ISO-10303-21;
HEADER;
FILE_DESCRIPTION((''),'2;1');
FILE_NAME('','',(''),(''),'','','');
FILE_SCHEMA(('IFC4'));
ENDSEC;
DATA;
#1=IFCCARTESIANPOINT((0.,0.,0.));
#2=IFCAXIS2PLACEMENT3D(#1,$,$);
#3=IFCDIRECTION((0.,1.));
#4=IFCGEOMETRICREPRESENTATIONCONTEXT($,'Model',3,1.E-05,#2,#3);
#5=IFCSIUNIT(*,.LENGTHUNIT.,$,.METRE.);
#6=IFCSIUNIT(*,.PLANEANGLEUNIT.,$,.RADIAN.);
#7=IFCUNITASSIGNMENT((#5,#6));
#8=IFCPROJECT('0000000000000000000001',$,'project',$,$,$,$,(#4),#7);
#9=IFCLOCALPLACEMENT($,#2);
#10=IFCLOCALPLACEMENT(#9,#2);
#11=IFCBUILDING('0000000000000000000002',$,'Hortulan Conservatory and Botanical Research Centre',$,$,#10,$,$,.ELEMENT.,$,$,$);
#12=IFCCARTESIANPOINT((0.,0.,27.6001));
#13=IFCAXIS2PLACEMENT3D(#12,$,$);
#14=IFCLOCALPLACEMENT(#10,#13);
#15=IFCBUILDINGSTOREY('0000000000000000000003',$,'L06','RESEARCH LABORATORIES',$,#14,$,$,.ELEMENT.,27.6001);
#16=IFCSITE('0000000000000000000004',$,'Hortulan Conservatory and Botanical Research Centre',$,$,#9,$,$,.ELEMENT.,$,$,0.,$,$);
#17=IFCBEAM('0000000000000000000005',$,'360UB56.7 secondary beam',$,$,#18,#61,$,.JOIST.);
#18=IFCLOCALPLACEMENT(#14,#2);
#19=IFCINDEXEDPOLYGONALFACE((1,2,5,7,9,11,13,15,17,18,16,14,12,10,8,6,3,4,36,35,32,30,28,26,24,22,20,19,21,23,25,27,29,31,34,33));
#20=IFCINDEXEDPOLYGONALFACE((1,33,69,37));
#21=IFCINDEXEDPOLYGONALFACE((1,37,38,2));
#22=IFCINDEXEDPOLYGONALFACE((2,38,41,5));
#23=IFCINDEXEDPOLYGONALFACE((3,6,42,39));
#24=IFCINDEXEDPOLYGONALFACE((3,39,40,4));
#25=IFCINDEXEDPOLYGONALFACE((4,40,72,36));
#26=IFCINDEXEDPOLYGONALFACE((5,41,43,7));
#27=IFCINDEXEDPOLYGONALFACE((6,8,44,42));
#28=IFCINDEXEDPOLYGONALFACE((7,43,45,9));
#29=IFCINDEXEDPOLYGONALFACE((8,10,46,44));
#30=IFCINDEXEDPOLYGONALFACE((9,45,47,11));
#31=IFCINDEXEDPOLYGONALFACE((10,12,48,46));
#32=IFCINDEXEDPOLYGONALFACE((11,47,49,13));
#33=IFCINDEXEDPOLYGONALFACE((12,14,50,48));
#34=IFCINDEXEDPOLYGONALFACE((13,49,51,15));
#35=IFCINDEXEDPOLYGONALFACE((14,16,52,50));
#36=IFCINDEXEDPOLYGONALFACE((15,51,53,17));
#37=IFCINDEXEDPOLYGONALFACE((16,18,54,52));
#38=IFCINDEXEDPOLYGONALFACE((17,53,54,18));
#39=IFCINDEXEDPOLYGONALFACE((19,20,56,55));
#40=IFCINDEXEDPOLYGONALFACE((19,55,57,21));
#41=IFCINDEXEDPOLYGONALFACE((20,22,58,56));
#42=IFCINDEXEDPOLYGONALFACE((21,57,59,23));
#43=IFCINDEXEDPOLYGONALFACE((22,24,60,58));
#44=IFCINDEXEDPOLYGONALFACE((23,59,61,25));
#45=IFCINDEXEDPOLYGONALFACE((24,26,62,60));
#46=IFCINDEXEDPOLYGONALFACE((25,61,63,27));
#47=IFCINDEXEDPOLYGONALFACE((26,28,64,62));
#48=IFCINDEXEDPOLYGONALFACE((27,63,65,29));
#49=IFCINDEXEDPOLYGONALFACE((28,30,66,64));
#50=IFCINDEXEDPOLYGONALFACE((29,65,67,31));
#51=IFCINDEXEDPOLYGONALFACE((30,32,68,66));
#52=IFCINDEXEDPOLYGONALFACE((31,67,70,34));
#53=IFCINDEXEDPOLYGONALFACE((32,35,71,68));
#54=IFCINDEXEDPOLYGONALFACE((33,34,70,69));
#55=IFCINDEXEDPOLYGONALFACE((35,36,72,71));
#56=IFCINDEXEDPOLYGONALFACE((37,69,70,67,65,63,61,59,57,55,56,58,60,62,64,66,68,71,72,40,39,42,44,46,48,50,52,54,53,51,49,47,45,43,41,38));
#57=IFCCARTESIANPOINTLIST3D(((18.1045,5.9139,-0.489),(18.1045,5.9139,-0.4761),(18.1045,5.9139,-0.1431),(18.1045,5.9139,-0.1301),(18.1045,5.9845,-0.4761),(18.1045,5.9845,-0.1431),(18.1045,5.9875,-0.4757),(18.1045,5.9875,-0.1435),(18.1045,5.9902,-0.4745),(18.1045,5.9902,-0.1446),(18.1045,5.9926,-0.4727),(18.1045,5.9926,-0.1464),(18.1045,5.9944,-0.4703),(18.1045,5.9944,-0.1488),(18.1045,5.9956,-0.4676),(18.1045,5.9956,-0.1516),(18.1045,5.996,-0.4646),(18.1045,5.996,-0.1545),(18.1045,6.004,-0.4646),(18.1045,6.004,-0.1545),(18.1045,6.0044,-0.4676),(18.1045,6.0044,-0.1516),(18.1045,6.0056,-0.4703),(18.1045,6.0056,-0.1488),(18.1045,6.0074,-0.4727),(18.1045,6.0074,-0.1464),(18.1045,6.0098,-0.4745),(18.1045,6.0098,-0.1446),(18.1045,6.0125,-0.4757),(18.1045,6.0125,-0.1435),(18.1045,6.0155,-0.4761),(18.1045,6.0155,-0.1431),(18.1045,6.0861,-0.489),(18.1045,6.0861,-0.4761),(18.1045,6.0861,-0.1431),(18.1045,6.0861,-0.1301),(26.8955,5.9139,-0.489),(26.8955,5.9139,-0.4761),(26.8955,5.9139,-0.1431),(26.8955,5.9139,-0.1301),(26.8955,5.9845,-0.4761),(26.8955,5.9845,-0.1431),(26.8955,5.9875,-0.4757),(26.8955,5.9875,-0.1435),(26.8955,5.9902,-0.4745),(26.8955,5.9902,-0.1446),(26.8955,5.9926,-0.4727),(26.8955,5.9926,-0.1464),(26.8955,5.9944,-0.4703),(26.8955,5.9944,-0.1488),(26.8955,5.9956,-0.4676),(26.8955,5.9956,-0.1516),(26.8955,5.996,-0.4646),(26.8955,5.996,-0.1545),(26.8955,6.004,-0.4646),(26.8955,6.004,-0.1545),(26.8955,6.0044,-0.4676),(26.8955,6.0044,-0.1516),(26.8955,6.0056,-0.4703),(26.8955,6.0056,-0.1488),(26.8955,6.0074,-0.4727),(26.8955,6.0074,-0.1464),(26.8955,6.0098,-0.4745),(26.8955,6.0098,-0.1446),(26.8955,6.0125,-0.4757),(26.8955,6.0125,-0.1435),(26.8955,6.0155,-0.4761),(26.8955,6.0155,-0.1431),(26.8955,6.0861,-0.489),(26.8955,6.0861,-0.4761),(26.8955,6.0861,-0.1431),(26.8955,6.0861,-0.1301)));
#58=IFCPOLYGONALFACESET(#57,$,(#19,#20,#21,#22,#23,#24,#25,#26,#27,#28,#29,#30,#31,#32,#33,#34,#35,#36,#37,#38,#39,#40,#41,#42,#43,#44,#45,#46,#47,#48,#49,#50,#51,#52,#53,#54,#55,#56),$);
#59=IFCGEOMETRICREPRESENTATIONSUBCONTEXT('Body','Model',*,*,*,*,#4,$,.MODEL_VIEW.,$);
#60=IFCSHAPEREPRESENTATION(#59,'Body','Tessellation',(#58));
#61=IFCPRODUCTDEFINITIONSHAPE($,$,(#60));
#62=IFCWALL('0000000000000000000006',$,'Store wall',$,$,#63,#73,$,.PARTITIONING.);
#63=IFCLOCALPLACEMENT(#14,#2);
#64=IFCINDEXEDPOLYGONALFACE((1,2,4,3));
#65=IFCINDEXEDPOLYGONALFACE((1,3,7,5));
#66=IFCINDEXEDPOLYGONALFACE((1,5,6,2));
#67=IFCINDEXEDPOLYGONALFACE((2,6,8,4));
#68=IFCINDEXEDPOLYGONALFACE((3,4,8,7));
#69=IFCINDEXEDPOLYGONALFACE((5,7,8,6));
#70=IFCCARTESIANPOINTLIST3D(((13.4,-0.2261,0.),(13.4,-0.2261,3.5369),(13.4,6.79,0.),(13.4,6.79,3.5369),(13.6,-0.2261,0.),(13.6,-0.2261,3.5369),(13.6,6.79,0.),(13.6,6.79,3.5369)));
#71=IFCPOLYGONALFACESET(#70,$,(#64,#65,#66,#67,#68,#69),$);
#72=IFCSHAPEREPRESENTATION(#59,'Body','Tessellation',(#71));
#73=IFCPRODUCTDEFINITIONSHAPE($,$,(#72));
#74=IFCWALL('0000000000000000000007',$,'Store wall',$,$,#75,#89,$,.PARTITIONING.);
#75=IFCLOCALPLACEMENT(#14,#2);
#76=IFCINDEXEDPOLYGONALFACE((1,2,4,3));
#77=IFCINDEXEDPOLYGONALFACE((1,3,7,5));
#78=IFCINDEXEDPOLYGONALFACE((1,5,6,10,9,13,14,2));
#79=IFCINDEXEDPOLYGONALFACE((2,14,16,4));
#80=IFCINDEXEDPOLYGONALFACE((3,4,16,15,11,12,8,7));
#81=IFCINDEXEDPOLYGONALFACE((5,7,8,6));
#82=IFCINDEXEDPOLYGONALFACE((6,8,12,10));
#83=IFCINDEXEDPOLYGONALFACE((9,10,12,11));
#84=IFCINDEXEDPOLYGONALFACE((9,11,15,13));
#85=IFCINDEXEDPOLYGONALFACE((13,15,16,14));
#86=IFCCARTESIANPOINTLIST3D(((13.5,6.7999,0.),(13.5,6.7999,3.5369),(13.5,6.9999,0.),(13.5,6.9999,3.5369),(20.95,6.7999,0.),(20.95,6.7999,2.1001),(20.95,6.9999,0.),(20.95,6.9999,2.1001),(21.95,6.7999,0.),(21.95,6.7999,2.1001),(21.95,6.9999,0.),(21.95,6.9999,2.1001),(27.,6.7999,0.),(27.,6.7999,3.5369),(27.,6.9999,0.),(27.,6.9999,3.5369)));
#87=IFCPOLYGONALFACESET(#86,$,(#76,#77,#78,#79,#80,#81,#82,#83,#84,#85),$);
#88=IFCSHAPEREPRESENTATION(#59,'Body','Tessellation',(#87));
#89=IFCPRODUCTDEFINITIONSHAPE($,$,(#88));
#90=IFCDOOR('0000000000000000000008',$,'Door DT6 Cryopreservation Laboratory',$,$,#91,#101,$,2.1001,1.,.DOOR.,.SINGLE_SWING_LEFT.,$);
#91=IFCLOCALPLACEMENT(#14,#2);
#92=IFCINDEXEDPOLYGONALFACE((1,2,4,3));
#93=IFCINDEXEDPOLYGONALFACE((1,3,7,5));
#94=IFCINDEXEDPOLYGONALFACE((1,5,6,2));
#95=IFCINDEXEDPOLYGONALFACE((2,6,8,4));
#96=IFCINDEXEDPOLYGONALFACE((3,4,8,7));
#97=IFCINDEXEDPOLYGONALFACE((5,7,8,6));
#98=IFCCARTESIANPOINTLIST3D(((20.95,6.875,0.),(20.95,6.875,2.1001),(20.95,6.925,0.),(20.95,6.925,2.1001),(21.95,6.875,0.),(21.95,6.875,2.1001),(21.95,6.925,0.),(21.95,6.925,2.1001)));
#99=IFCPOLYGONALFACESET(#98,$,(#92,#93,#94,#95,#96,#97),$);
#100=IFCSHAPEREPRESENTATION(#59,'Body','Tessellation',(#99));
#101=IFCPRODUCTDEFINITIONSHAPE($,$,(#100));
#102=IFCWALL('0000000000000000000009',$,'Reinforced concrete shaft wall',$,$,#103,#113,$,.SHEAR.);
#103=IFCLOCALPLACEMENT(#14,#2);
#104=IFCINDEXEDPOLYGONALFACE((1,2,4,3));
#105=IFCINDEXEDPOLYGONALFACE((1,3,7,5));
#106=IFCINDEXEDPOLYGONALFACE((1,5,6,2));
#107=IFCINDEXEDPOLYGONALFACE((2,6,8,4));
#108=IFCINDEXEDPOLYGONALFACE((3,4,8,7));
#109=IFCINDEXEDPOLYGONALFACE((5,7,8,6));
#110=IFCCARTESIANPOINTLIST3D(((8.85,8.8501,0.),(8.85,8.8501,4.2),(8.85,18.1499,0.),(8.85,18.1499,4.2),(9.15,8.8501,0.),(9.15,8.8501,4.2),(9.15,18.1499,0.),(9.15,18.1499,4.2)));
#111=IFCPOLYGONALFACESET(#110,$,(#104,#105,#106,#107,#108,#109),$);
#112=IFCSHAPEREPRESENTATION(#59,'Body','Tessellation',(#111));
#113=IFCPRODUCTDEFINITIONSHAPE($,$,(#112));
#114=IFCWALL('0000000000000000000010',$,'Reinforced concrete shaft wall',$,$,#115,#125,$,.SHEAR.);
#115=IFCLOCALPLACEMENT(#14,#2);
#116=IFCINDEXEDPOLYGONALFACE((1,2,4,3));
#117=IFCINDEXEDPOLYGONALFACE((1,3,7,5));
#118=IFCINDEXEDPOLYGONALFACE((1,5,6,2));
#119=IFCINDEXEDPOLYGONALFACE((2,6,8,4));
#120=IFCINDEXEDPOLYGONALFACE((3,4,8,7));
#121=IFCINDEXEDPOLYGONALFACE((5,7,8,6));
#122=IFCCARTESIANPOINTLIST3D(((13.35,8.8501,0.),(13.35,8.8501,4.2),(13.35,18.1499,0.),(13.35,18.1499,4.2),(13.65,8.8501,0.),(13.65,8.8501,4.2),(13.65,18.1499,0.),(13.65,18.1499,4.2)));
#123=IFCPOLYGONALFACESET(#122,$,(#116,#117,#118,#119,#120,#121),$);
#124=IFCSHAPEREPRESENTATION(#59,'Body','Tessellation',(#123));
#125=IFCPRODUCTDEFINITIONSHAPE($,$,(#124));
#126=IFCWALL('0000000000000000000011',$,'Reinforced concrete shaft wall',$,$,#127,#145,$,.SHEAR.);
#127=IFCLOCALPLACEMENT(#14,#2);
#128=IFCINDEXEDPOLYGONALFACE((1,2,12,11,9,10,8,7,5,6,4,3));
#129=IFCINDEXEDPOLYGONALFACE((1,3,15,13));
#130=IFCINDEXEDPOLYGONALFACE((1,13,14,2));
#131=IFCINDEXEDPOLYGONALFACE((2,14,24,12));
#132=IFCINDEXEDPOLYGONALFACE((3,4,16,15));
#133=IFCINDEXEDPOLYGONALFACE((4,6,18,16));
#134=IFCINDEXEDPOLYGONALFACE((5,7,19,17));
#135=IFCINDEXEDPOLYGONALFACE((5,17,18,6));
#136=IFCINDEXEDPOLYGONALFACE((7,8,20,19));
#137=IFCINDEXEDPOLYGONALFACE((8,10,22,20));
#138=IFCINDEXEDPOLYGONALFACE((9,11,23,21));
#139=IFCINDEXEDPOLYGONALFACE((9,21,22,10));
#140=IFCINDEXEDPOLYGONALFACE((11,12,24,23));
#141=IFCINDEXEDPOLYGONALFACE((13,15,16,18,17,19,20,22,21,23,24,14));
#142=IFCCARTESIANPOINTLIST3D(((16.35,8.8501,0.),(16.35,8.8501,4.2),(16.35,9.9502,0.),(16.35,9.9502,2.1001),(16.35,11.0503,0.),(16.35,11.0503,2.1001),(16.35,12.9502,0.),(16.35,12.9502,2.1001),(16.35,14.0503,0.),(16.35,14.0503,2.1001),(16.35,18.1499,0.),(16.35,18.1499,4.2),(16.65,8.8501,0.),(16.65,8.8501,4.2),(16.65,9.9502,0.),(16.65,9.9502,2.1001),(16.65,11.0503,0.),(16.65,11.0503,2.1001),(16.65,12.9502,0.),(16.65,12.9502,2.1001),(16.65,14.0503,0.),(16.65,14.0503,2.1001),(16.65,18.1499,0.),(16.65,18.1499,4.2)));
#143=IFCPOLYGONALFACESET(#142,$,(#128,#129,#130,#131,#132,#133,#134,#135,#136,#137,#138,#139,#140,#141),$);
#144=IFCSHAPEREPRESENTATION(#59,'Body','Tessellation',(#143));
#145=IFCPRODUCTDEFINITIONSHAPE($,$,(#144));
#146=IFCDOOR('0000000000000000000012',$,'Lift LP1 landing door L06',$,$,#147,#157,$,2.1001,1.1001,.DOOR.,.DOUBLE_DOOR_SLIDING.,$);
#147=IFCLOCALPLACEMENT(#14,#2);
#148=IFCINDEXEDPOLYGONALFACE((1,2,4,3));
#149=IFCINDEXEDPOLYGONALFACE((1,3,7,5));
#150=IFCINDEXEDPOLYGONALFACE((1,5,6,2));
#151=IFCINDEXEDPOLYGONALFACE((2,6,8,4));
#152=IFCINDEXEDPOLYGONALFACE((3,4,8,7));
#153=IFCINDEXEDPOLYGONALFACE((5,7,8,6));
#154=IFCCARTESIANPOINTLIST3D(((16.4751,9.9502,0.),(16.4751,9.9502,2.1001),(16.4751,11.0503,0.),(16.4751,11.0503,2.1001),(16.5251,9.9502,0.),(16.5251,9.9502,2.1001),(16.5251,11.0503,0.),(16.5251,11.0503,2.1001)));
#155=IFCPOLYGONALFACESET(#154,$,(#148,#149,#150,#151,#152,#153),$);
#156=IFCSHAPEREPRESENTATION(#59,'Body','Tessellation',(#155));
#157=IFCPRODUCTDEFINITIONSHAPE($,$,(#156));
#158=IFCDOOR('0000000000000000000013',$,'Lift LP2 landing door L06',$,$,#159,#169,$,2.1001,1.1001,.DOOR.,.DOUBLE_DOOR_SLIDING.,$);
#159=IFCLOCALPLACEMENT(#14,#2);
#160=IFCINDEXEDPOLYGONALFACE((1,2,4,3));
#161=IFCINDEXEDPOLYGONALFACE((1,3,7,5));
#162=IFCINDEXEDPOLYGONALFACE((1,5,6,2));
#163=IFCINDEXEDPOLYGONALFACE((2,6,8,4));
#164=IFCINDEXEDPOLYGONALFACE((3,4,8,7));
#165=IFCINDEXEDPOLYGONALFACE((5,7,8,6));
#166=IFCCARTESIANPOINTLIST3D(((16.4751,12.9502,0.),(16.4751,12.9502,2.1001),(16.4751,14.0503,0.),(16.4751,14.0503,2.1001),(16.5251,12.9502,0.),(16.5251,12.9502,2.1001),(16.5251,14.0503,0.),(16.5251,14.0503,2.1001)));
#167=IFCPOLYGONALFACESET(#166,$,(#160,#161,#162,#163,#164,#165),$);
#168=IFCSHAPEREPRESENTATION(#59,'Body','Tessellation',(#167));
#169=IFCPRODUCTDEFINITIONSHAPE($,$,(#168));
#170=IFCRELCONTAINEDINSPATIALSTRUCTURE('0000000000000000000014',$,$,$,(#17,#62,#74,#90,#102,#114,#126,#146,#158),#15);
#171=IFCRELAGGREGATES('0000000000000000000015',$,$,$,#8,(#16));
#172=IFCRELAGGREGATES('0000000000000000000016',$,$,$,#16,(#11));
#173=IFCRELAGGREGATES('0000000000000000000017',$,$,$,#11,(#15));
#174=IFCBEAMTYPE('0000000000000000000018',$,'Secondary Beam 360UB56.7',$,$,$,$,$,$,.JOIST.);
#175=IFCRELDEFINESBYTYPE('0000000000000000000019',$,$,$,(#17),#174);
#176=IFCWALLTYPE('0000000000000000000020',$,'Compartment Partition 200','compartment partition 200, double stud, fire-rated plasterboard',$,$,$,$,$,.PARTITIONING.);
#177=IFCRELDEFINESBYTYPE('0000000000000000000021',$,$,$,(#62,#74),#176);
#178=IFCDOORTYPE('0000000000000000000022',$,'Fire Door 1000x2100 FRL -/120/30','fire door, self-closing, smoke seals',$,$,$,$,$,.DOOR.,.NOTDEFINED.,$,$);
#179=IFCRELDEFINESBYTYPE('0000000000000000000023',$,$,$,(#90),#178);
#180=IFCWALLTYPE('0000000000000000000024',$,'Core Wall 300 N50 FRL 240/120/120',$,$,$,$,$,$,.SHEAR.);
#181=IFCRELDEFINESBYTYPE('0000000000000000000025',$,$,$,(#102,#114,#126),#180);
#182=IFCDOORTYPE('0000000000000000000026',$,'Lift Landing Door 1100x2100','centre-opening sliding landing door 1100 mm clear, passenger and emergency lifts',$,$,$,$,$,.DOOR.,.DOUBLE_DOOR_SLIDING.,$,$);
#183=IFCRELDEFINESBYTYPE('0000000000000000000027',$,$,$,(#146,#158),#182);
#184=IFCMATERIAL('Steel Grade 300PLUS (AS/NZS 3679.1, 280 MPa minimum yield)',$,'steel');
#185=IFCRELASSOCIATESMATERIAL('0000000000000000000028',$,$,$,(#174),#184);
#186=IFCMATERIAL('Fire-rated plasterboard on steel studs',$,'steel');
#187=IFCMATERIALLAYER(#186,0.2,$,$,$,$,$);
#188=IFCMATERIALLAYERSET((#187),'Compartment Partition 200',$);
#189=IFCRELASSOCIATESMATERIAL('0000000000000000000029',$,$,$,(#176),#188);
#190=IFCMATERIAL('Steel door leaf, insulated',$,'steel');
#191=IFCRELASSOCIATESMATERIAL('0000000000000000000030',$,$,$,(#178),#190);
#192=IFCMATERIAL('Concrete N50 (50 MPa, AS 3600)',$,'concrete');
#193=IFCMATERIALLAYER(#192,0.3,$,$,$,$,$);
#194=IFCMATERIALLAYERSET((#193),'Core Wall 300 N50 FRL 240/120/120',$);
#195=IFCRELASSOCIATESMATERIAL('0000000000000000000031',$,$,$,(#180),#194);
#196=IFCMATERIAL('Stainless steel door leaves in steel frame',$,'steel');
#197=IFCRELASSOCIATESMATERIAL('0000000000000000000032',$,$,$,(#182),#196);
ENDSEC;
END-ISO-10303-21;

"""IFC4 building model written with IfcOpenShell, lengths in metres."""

from ifc_helpers import new_model, si_unit, direction, frame, frame_2d, origin, origin_2d, place, context, subcontext, project, spatial, rectangle, i_section, extrude, material, layer, layer_set, material_profile, profile_set, type_object, element, fill, save


model = new_model("IFC4")

# Units and contexts
model_context = context("Model", 3, precision=1e-05, world=origin(), true_north=direction((0.0, 1.0)))
body_context = subcontext(model_context, "Body", "Model", "MODEL_VIEW")
ifc_project = project(units=[si_unit("LENGTHUNIT", "METRE"), si_unit("PLANEANGLEUNIT", "RADIAN")], contexts=[model_context])

# Site, building, storey
site_placement = place(None, origin())
site = spatial("IfcSite", under=ifc_project, at=site_placement, Name="Hortulan Conservatory and Botanical Research Centre", CompositionType="ELEMENT", RefElevation=0.0)
building_placement = place(site_placement, origin())
building = spatial("IfcBuilding", under=site, at=building_placement, Name="Hortulan Conservatory and Botanical Research Centre", CompositionType="ELEMENT")
storey_placement = place(building_placement, frame((0.0, 0.0, 27.6001)))
storey = spatial("IfcBuildingStorey", under=building, at=storey_placement, Name="L06", Description="RESEARCH LABORATORIES", CompositionType="ELEMENT", Elevation=27.6001)

# Shared definitions
ifc_material_1 = material(Name="Steel Grade 300PLUS (AS/NZS 3679.1, 280 MPa minimum yield)", Category="steel")

# Beam
ifc_material_profile_1 = material_profile(ifc_material_1, i_section(OverallWidth=0.1721, OverallDepth=0.3589, WebThickness=0.0081, FlangeThickness=0.0129, FilletRadius=0.0115, at=origin_2d()), Name="360UB56.7")
ifc_profile_set_1 = profile_set([ifc_material_profile_1], Name="Steel Grade 300PLUS (AS/NZS 3679.1, 280 MPa minimum yield)")
beam_type_1 = type_object("IfcBeamType", Name="Secondary Beam 360UB56.7", PredefinedType="JOIST", material=ifc_profile_set_1)
for number, where, z_axis, x_axis, name in (
    (1, (18.1045, 6.0, -0.3096), (1.0, 0.0, 0.0), (0.0, 1.0, 0.0), "360UB56.7 secondary beam"),
):
    element("IfcBeam", number, at=place(storey_placement, frame(where, z_axis=z_axis, x_axis=x_axis)), inside=storey, type_object=beam_type_1, Name=name, PredefinedType="JOIST", context=body_context, shape_type="SweptSolid", body=[
        extrude(i_section(OverallWidth=0.1721, OverallDepth=0.3589, WebThickness=0.0081, FlangeThickness=0.0129, FilletRadius=0.0115, at=origin_2d()), origin(), (0.0, 0.0, 1.0), 8.791),
    ])

# Wall
ifc_material_2 = material(Name="Fire-rated plasterboard on steel studs", Category="steel")
ifc_layer_1 = layer(ifc_material_2, 0.2)
ifc_layer_set_1 = layer_set([ifc_layer_1], Name="Compartment Partition 200")
wall_type_1 = type_object("IfcWallType", Name="Compartment Partition 200", Description="compartment partition 200, double stud, fire-rated plasterboard", PredefinedType="PARTITIONING", material=ifc_layer_set_1)
wall_1_placement = place(storey_placement, frame((13.5, -0.2261, 0.0), z_axis=(0.0, 0.0, 1.0), x_axis=(0.0, 1.0, 0.0)))
element("IfcWall", 2, at=wall_1_placement, inside=storey, type_object=wall_type_1, Name="Store wall", PredefinedType="PARTITIONING", context=body_context, shape_type="SweptSolid", body=[
    extrude(rectangle(XDim=7.0161, YDim=0.2, at=frame_2d((3.5081, 0.0))), origin(), (0.0, 0.0, 1.0), 3.5369),
])

# Wall, opening, door
wall_2_placement = place(storey_placement, frame((13.5, 6.8999, 0.0), z_axis=(0.0, 0.0, 1.0), x_axis=(1.0, 0.0, 0.0)))
wall_2 = element("IfcWall", 3, at=wall_2_placement, inside=storey, type_object=wall_type_1, Name="Store wall", PredefinedType="PARTITIONING", context=body_context, shape_type="SweptSolid", body=[
    extrude(rectangle(XDim=13.5, YDim=0.2, at=frame_2d((6.75, 0.0))), origin(), (0.0, 0.0, 1.0), 3.5369),
])
opening_1_placement = place(wall_2_placement, frame((7.45, 0.0, 0.0)))
opening_1 = element("IfcOpeningElement", 4, at=opening_1_placement, cuts=wall_2, PredefinedType="OPENING", context=body_context, shape_type="SweptSolid", body=[
    extrude(rectangle(XDim=1.0, YDim=2.1001, at=frame_2d((0.5, 1.05))), frame((0.0, 0.1099, 0.0), z_axis=(0.0, -1.0, 0.0), x_axis=(1.0, 0.0, 0.0)), (0.0, 0.0, 1.0), 0.22),
])
ifc_material_3 = material(Name="Steel door leaf, insulated", Category="steel")
door_type_1 = type_object("IfcDoorType", Name="Fire Door 1000x2100 FRL -/120/30", Description="fire door, self-closing, smoke seals", OperationType="NOTDEFINED", PredefinedType="DOOR", material=ifc_material_3)
door_1_placement = place(opening_1_placement, frame((1.0, 0.0, 0.0), z_axis=(0.0, 0.0, 1.0), x_axis=(-1.0, 0.0, 0.0)))
door_1 = element("IfcDoor", 5, at=door_1_placement, inside=storey, type_object=door_type_1, Name="Door DT6 Cryopreservation Laboratory", OperationType="SINGLE_SWING_LEFT", OverallHeight=2.1001, OverallWidth=1.0, PredefinedType="DOOR", context=body_context, shape_type="SweptSolid", body=[
    extrude(rectangle(XDim=1.0, YDim=2.1001, at=frame_2d((0.5, 1.05))), frame((0.0, 0.0249, 0.0), z_axis=(0.0, -1.0, 0.0), x_axis=(1.0, 0.0, 0.0)), (0.0, 0.0, 1.0), 0.05),
])
fill(opening_1, door_1)

# Walls
ifc_material_4 = material(Name="Concrete N50 (50 MPa, AS 3600)", Category="concrete")
ifc_layer_2 = layer(ifc_material_4, 0.3)
ifc_layer_set_2 = layer_set([ifc_layer_2], Name="Core Wall 300 N50 FRL 240/120/120")
wall_type_2 = type_object("IfcWallType", Name="Core Wall 300 N50 FRL 240/120/120", PredefinedType="SHEAR", material=ifc_layer_set_2)
for number, where, z_axis, x_axis, name in (
    (6, (9.0, 8.8501, 0.0), (0.0, 0.0, 1.0), (0.0, 1.0, 0.0), "Reinforced concrete shaft wall"),
    (7, (13.5, 8.8501, 0.0), (0.0, 0.0, 1.0), (0.0, 1.0, 0.0), "Reinforced concrete shaft wall"),
):
    element("IfcWall", number, at=place(storey_placement, frame(where, z_axis=z_axis, x_axis=x_axis)), inside=storey, type_object=wall_type_2, Name=name, PredefinedType="SHEAR", context=body_context, shape_type="SweptSolid", body=[
        extrude(rectangle(XDim=9.2998, YDim=0.3, at=frame_2d((4.6499, 0.0))), origin(), (0.0, 0.0, 1.0), 4.2),
    ])

# Wall, openings, doors
wall_3_placement = place(storey_placement, frame((16.5, 8.8501, 0.0), z_axis=(0.0, 0.0, 1.0), x_axis=(0.0, 1.0, 0.0)))
wall_3 = element("IfcWall", 8, at=wall_3_placement, inside=storey, type_object=wall_type_2, Name="Reinforced concrete shaft wall", PredefinedType="SHEAR", context=body_context, shape_type="SweptSolid", body=[
    extrude(rectangle(XDim=9.2998, YDim=0.3, at=frame_2d((4.6499, 0.0))), origin(), (0.0, 0.0, 1.0), 4.2),
])
opening_2_placement = place(wall_3_placement, frame((1.1001, 0.0, 0.0)))
opening_2 = element("IfcOpeningElement", 9, at=opening_2_placement, cuts=wall_3, PredefinedType="OPENING", context=body_context, shape_type="SweptSolid", body=[
    extrude(rectangle(XDim=1.1001, YDim=2.1001, at=frame_2d((0.55, 1.05))), frame((0.0, 0.1599, 0.0), z_axis=(0.0, -1.0, 0.0), x_axis=(1.0, 0.0, 0.0)), (0.0, 0.0, 1.0), 0.3201),
])
opening_3_placement = place(wall_3_placement, frame((4.1001, 0.0, 0.0)))
opening_3 = element("IfcOpeningElement", 10, at=opening_3_placement, cuts=wall_3, PredefinedType="OPENING", context=body_context, shape_type="SweptSolid", body=[
    extrude(rectangle(XDim=1.1001, YDim=2.1001, at=frame_2d((0.55, 1.05))), frame((0.0, 0.1599, 0.0), z_axis=(0.0, -1.0, 0.0), x_axis=(1.0, 0.0, 0.0)), (0.0, 0.0, 1.0), 0.3201),
])
ifc_material_5 = material(Name="Stainless steel door leaves in steel frame", Category="steel")
door_type_2 = type_object("IfcDoorType", Name="Lift Landing Door 1100x2100", Description="centre-opening sliding landing door 1100 mm clear, passenger and emergency lifts", OperationType="DOUBLE_DOOR_SLIDING", PredefinedType="DOOR", material=ifc_material_5)
door_2_placement = place(opening_2_placement, origin())
door_2 = element("IfcDoor", 11, at=door_2_placement, inside=storey, type_object=door_type_2, Name="Lift LP1 landing door L06", OperationType="DOUBLE_DOOR_SLIDING", OverallHeight=2.1001, OverallWidth=1.1001, PredefinedType="DOOR", context=body_context, shape_type="SweptSolid", body=[
    extrude(rectangle(XDim=1.1001, YDim=2.1001, at=frame_2d((0.55, 1.05))), frame((0.0, 0.0249, 0.0), z_axis=(0.0, -1.0, 0.0), x_axis=(1.0, 0.0, 0.0)), (0.0, 0.0, 1.0), 0.05),
])
fill(opening_2, door_2)
door_3_placement = place(opening_3_placement, origin())
door_3 = element("IfcDoor", 12, at=door_3_placement, inside=storey, type_object=door_type_2, Name="Lift LP2 landing door L06", OperationType="DOUBLE_DOOR_SLIDING", OverallHeight=2.1001, OverallWidth=1.1001, PredefinedType="DOOR", context=body_context, shape_type="SweptSolid", body=[
    extrude(rectangle(XDim=1.1001, YDim=2.1001, at=frame_2d((0.55, 1.05))), frame((0.0, 0.0249, 0.0), z_axis=(0.0, -1.0, 0.0), x_axis=(1.0, 0.0, 0.0)), (0.0, 0.0, 1.0), 0.05),
])
fill(opening_3, door_3)

save(model, "model.ifc")
